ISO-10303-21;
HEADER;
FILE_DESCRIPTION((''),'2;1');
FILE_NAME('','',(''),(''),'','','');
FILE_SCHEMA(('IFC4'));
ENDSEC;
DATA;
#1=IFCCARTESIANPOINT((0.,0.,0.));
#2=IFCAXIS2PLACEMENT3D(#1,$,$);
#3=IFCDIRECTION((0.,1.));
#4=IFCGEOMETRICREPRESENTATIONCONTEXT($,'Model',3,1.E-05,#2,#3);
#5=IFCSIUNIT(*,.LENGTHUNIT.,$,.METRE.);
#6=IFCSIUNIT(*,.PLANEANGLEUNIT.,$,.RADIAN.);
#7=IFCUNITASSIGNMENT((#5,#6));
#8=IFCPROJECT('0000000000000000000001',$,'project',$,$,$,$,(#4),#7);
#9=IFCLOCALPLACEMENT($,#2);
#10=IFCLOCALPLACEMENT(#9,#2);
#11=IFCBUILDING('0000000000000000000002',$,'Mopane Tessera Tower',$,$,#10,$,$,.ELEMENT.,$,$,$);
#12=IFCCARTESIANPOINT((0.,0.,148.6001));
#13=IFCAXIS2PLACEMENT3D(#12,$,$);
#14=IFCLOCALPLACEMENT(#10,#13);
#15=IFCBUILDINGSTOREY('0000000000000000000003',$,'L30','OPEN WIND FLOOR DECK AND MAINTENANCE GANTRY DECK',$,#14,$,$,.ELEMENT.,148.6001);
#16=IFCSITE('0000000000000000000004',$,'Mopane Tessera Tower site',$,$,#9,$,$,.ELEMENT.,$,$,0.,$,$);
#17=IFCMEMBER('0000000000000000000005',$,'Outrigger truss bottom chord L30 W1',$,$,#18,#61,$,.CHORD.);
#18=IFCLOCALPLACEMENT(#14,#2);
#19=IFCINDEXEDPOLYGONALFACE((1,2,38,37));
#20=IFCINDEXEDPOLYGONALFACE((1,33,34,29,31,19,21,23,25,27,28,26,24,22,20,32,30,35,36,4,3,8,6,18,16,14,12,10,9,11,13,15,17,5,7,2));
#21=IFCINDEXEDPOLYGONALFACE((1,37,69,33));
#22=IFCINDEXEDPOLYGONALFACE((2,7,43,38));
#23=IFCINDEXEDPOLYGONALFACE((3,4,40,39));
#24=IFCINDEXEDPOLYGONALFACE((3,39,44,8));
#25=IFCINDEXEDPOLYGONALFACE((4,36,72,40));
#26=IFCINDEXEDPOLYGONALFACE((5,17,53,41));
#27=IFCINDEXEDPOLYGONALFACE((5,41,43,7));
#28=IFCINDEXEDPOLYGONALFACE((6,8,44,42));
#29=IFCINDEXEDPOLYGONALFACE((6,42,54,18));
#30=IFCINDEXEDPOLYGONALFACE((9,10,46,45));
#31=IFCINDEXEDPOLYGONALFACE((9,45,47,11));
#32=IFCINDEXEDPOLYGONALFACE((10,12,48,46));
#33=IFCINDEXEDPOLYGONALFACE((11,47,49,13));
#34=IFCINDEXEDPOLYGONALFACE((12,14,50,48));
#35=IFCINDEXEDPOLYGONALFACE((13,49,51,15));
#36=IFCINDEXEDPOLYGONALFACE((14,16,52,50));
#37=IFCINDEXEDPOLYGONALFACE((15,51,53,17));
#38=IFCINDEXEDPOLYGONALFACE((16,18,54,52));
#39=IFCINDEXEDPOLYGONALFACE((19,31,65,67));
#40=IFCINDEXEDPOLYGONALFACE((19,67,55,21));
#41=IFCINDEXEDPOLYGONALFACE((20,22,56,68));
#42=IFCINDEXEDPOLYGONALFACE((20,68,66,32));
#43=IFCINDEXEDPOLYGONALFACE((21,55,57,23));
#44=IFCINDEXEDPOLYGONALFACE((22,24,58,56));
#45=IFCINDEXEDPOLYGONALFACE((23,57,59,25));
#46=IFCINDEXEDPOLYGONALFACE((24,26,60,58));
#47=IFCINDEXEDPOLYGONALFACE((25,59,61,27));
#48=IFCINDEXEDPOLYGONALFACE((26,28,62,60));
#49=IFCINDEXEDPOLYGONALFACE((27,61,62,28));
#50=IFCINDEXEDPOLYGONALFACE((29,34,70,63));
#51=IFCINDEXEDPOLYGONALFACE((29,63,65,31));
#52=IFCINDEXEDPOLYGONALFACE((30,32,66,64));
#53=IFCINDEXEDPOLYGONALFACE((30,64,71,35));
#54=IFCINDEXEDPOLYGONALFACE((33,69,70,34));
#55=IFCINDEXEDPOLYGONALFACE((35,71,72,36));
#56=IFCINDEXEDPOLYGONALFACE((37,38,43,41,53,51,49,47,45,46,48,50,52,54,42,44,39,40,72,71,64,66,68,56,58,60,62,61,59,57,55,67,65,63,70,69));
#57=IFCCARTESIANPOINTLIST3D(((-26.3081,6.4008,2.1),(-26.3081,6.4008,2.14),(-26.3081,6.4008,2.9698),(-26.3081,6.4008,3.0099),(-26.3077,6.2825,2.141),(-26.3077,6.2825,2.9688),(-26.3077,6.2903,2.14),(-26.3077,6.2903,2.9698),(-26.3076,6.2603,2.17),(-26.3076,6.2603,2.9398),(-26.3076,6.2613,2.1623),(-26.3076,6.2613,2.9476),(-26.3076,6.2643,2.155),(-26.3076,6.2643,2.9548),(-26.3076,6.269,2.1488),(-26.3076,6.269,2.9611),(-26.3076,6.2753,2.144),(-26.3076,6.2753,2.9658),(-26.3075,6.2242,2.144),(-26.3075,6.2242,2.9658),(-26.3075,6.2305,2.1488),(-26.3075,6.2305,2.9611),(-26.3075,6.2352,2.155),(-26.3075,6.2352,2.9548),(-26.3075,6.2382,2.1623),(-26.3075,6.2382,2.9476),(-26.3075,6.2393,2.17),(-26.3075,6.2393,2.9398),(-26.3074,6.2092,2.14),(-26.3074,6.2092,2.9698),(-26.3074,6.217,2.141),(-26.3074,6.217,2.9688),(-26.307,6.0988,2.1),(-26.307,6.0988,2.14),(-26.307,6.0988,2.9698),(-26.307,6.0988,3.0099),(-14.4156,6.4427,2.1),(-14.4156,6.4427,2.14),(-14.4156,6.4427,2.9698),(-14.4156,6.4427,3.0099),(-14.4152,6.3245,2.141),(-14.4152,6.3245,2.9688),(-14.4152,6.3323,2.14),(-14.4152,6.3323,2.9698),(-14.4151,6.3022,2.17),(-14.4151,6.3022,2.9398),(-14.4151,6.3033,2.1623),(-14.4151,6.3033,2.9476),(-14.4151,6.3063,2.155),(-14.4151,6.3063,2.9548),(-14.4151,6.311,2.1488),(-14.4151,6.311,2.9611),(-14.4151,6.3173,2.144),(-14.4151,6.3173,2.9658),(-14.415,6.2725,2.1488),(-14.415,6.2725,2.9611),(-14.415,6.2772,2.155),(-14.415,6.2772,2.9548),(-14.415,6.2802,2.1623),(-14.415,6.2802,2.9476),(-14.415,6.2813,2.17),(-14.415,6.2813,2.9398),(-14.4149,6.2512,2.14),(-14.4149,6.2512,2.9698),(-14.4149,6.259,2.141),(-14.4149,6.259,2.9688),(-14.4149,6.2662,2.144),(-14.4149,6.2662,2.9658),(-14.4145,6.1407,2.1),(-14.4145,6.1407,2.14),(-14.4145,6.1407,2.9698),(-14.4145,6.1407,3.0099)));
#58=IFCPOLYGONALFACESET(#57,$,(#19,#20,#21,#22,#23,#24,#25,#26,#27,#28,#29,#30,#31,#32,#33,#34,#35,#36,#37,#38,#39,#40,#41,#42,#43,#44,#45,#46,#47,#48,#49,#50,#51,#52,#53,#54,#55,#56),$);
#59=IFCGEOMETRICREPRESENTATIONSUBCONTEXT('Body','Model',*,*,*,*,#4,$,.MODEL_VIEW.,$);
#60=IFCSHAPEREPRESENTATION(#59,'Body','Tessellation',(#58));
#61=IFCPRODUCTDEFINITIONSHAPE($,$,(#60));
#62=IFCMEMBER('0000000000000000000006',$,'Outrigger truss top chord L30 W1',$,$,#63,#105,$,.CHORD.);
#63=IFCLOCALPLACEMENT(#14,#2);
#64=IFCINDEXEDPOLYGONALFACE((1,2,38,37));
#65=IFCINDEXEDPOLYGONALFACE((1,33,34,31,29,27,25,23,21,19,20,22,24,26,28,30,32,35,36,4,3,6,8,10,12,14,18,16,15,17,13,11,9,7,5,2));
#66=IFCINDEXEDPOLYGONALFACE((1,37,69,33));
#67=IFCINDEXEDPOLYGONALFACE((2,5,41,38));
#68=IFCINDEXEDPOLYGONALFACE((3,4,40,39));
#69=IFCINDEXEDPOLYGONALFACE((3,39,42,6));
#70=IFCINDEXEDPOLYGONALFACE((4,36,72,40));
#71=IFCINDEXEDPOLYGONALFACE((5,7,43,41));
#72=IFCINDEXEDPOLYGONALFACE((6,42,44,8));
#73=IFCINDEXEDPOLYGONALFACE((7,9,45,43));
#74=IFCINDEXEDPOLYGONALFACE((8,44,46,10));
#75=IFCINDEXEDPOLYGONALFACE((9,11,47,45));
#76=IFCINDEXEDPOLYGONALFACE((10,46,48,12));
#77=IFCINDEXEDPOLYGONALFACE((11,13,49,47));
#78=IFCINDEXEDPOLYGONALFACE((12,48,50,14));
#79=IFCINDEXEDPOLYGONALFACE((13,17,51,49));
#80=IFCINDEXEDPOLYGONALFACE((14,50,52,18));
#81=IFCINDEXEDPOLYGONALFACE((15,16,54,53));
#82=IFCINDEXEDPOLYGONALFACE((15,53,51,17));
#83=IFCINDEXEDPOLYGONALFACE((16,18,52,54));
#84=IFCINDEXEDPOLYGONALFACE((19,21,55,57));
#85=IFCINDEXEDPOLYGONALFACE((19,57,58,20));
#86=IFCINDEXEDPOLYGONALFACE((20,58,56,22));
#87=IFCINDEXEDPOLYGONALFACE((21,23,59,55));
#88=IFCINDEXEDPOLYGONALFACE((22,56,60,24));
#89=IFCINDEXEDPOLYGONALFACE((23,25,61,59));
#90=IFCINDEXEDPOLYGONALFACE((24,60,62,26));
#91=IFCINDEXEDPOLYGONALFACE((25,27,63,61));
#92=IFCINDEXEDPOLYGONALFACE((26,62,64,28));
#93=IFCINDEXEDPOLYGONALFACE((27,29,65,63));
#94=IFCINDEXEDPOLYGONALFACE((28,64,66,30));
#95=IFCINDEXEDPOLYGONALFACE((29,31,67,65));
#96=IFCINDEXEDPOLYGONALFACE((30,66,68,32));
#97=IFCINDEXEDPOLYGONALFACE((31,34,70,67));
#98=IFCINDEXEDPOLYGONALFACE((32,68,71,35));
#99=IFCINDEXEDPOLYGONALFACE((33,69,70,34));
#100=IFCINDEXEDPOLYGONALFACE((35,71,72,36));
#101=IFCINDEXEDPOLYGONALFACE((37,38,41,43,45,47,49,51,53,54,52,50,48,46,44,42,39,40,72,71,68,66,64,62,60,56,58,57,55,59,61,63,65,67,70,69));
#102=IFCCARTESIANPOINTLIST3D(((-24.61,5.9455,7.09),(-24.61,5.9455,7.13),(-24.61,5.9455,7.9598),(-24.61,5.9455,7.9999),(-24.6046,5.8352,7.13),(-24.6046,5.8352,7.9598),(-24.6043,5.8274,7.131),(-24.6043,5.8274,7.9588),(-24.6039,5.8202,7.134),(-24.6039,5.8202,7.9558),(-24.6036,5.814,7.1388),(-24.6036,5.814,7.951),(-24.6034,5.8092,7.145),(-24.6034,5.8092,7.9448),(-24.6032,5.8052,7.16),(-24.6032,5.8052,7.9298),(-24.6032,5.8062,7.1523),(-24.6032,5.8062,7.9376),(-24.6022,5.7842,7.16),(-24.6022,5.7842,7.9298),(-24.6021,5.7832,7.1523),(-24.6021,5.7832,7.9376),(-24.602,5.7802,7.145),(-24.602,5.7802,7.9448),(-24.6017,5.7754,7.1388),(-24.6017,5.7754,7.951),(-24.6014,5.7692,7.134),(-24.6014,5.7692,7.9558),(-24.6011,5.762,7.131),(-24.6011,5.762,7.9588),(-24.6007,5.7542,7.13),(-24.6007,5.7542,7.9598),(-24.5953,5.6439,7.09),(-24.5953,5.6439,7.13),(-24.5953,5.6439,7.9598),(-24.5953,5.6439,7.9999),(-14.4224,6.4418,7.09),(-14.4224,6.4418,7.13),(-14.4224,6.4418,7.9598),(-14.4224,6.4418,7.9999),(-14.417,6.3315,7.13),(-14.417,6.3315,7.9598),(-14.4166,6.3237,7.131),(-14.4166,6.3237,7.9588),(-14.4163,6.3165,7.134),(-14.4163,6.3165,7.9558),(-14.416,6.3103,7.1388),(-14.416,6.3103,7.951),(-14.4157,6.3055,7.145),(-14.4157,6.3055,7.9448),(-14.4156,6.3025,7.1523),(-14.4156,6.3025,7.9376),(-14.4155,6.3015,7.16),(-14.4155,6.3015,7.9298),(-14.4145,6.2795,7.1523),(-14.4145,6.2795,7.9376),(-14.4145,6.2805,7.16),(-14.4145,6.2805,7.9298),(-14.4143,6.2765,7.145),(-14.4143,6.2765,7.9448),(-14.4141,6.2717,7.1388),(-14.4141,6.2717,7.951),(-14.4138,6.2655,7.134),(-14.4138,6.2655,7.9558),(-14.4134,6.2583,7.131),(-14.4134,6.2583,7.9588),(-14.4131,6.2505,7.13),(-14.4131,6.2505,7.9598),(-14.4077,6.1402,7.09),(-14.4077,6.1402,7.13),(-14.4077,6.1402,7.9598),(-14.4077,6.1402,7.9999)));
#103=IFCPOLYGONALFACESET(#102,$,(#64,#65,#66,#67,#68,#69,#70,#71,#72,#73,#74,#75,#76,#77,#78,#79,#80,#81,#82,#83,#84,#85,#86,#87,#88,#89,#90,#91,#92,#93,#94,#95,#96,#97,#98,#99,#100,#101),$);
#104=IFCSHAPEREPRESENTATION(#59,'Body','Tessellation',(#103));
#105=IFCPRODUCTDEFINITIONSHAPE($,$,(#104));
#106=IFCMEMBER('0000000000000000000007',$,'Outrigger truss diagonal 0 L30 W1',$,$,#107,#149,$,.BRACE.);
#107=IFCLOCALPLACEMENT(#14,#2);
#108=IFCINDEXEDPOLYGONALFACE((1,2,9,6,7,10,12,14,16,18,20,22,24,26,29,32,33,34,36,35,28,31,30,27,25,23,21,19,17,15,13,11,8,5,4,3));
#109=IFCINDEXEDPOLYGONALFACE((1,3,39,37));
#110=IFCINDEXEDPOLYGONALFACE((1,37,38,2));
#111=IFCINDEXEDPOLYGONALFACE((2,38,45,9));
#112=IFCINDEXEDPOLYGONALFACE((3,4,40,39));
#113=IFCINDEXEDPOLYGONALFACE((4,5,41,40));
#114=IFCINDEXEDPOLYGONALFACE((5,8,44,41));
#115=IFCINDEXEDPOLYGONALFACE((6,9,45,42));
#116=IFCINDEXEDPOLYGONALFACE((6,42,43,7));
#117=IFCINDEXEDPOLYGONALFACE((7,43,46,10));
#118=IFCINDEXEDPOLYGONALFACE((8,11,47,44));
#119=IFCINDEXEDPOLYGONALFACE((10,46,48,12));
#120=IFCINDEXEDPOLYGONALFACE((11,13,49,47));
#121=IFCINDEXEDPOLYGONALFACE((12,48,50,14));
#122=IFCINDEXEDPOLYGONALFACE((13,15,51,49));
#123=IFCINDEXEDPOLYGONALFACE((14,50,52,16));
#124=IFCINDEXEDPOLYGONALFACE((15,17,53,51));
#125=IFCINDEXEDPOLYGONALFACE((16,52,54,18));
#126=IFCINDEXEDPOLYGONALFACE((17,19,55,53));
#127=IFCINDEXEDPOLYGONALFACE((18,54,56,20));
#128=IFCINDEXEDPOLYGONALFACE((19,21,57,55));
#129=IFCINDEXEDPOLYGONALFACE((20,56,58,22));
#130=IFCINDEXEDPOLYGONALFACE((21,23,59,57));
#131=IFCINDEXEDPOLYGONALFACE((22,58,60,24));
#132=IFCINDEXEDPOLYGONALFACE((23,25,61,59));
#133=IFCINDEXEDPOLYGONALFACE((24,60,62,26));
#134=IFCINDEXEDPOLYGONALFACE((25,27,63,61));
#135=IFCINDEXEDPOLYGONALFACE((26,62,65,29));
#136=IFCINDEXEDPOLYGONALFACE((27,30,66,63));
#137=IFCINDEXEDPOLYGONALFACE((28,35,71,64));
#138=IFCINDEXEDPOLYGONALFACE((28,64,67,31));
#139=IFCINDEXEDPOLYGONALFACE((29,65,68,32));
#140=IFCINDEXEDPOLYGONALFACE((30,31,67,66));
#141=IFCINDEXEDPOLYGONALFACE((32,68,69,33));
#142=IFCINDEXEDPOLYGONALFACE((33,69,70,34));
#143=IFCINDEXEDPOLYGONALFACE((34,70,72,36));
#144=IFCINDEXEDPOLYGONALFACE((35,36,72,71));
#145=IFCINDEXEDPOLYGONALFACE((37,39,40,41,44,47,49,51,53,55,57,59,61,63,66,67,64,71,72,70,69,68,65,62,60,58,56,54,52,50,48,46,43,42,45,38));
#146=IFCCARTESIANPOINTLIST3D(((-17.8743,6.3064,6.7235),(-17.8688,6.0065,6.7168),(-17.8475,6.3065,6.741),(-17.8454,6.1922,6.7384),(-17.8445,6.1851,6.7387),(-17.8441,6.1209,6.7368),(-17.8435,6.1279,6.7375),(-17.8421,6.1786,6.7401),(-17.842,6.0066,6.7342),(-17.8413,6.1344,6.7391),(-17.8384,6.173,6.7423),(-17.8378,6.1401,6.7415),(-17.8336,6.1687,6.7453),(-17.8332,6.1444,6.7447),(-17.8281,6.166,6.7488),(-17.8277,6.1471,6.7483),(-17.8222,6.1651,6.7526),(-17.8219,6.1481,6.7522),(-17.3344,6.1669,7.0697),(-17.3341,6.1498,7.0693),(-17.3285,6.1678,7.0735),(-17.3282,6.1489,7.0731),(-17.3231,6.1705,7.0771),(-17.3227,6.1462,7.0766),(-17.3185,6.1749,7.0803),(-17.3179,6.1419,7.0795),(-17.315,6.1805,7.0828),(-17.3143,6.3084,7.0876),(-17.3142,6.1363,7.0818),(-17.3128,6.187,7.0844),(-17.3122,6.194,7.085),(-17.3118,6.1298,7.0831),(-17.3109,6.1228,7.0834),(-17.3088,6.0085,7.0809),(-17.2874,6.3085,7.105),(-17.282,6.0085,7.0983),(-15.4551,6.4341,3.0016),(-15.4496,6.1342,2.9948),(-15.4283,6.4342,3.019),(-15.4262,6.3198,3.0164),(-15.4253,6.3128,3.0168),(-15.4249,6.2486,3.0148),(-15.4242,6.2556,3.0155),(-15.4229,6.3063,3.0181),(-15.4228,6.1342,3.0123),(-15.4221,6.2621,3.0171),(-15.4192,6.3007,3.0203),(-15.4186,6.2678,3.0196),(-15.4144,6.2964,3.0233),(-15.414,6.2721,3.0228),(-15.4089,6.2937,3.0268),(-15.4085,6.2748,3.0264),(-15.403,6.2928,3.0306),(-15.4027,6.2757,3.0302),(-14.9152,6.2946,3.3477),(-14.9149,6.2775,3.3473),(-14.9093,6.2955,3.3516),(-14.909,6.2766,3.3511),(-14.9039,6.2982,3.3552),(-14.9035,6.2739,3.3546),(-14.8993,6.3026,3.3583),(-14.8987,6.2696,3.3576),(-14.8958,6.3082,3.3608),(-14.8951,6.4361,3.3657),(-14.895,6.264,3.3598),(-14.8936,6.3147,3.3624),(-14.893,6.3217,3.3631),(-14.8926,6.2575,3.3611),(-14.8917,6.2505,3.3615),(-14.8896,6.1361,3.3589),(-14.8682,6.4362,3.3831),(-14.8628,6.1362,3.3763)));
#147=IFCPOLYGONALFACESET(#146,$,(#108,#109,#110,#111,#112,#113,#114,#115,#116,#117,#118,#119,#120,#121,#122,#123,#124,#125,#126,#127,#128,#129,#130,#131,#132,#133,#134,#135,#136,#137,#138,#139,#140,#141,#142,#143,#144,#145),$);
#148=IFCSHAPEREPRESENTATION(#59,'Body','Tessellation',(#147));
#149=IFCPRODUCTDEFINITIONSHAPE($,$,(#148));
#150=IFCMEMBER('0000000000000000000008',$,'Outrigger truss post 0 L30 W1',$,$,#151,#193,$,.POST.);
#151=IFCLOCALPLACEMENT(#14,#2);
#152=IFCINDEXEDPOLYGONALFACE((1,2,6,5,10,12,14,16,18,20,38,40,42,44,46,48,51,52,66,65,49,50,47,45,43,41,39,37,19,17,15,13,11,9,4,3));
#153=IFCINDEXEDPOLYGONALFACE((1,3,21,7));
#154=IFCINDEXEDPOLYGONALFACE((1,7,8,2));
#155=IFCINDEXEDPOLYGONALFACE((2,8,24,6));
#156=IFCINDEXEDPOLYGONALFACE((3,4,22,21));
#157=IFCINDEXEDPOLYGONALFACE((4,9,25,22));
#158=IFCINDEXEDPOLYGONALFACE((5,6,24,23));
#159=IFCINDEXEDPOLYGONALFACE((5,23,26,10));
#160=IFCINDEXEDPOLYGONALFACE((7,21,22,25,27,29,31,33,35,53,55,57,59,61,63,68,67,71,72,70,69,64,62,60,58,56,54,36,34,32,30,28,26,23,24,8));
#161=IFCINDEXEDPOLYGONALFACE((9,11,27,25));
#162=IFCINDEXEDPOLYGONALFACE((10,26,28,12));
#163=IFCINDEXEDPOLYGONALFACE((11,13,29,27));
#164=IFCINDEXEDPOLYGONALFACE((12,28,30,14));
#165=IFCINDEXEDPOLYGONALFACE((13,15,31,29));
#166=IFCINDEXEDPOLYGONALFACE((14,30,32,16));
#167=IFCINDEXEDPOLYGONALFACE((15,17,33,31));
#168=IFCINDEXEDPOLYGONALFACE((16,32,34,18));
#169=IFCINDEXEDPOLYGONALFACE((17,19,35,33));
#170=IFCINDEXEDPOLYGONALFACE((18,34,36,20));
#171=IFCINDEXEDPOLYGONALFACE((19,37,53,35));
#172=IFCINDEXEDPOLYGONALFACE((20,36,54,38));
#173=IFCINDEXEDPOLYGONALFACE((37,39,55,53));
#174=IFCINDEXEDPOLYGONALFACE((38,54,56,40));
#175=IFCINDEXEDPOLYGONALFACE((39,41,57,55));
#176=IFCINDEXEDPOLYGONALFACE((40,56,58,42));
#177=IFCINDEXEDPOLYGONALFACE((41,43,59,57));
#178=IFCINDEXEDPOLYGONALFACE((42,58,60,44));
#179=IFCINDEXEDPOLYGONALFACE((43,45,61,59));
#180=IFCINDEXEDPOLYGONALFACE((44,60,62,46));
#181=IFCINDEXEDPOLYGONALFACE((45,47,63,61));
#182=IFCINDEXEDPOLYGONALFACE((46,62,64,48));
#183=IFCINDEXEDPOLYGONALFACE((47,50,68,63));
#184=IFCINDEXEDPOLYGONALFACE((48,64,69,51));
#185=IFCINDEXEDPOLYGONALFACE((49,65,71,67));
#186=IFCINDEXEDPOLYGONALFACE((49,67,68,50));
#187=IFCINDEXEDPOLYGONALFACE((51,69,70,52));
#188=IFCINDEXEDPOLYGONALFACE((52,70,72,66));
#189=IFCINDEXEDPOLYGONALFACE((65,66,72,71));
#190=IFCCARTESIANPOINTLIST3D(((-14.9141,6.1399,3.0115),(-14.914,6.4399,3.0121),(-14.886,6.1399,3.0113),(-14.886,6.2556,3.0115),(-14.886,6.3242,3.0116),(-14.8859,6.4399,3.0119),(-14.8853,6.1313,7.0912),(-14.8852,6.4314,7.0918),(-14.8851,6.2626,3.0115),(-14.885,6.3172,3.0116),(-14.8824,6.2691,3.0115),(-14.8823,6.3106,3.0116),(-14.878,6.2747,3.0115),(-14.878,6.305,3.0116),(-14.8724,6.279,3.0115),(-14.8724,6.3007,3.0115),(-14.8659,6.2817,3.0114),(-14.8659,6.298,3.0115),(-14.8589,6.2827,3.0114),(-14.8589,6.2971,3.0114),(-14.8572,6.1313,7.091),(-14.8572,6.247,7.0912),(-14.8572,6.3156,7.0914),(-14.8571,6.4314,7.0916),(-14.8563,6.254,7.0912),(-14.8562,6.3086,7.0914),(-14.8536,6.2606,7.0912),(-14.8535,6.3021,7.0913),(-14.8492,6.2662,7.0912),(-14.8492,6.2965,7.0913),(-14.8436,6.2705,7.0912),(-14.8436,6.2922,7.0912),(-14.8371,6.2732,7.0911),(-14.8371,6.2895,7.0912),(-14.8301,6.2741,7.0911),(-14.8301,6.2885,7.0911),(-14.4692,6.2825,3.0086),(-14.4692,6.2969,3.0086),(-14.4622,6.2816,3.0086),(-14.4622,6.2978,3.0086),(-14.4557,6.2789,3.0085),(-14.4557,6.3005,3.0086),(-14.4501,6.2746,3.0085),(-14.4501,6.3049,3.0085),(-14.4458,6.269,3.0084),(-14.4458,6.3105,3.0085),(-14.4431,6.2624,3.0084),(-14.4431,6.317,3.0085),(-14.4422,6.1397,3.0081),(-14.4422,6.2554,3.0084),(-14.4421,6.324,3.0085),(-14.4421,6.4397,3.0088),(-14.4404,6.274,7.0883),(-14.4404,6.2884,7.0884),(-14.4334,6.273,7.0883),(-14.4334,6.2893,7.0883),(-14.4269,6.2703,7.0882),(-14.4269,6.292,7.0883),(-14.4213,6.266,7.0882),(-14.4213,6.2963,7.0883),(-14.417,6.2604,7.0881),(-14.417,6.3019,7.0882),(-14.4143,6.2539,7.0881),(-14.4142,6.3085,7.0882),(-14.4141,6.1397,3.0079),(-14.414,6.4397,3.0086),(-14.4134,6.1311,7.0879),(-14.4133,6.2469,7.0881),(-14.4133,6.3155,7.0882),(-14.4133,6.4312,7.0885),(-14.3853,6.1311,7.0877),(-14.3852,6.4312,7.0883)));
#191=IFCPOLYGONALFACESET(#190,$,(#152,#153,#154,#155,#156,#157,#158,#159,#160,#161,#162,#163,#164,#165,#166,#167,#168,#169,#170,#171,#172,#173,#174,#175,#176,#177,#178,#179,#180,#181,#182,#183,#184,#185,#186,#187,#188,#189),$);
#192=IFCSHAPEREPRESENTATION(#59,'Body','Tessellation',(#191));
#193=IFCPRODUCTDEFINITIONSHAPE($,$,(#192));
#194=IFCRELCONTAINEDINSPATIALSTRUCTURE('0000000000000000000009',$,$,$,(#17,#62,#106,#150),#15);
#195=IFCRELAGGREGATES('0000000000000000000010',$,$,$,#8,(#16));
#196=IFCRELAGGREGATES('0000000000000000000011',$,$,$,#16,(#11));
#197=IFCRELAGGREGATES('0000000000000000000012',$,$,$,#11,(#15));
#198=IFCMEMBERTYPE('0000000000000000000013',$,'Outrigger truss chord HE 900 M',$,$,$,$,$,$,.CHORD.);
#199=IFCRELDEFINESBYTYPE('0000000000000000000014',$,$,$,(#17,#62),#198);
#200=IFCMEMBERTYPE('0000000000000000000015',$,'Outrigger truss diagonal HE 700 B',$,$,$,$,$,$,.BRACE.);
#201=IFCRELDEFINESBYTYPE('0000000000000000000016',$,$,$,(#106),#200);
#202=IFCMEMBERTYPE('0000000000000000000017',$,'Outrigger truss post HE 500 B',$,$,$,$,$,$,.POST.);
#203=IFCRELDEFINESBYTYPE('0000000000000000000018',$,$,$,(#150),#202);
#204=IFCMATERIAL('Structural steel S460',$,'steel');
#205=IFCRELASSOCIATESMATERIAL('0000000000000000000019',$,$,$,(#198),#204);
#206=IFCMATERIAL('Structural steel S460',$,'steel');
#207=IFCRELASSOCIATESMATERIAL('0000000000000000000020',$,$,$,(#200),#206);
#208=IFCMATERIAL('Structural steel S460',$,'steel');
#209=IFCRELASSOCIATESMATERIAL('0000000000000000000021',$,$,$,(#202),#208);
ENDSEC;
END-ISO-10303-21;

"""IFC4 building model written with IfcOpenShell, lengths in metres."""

from ifc_helpers import new_model, si_unit, direction, frame, origin, origin_2d, place, context, subcontext, project, spatial, i_section, extrude, material, material_profile, profile_set, type_object, element, save


model = new_model("IFC4")

# Units and contexts
model_context = context("Model", 3, precision=1e-05, world=origin(), true_north=direction((0.0, 1.0)))
body_context = subcontext(model_context, "Body", "Model", "MODEL_VIEW")
ifc_project = project(units=[si_unit("LENGTHUNIT", "METRE"), si_unit("PLANEANGLEUNIT", "RADIAN")], contexts=[model_context])

# Site, building, storey
site_placement = place(None, origin())
site = spatial("IfcSite", under=ifc_project, at=site_placement, Name="Mopane Tessera Tower site", CompositionType="ELEMENT", RefElevation=0.0)
building_placement = place(site_placement, origin())
building = spatial("IfcBuilding", under=site, at=building_placement, Name="Mopane Tessera Tower", CompositionType="ELEMENT")
storey_placement = place(building_placement, frame((0.0, 0.0, 148.6001)))
storey = spatial("IfcBuildingStorey", under=building, at=storey_placement, Name="L30", Description="OPEN WIND FLOOR DECK AND MAINTENANCE GANTRY DECK", CompositionType="ELEMENT", Elevation=148.6001)

# Members
ifc_material_1 = material(Name="Structural steel S460", Category="steel")
ifc_material_profile_1 = material_profile(ifc_material_1, i_section(OverallWidth=0.302, OverallDepth=0.9099, WebThickness=0.021, FlangeThickness=0.04, FilletRadius=0.03, at=origin_2d()))
ifc_profile_set_1 = profile_set([ifc_material_profile_1], Name="Structural steel S460")
member_type_1 = type_object("IfcMemberType", Name="Outrigger truss chord HE 900 M", PredefinedType="CHORD", material=ifc_profile_set_1)
member_1_placement = place(storey_placement, frame((-14.415, 6.2917, 2.5549), z_axis=(-0.999994, -0.003531, 0.0), x_axis=(0.003531, -0.999994, 0.0)))
element("IfcMember", 1, at=member_1_placement, inside=storey, type_object=member_type_1, Name="Outrigger truss bottom chord L30 W1", PredefinedType="CHORD", context=body_context, shape_type="SweptSolid", body=[
    extrude(i_section(OverallWidth=0.302, OverallDepth=0.9099, WebThickness=0.021, FlangeThickness=0.04, FilletRadius=0.03, at=origin_2d()), origin(), (0.0, 0.0, 1.0), 11.8926),
])
member_2_placement = place(storey_placement, frame((-14.415, 6.291, 7.5449), z_axis=(-0.998815, -0.048661, 0.0), x_axis=(0.048661, -0.998815, 0.0)))
element("IfcMember", 2, at=member_2_placement, inside=storey, type_object=member_type_1, Name="Outrigger truss top chord L30 W1", PredefinedType="CHORD", context=body_context, shape_type="SweptSolid", body=[
    extrude(i_section(OverallWidth=0.302, OverallDepth=0.9099, WebThickness=0.021, FlangeThickness=0.04, FilletRadius=0.03, at=origin_2d()), origin(), (0.0, 0.0, 1.0), 10.1997),
])
ifc_material_2 = material(Name="Structural steel S460", Category="steel")
ifc_material_profile_2 = material_profile(ifc_material_2, i_section(OverallWidth=0.3, OverallDepth=0.7, WebThickness=0.0171, FlangeThickness=0.032, FilletRadius=0.0271, at=origin_2d()))
ifc_profile_set_2 = profile_set([ifc_material_profile_2], Name="Structural steel S460")
member_type_2 = type_object("IfcMemberType", Name="Outrigger truss diagonal HE 700 B", PredefinedType="BRACE", material=ifc_profile_set_2)
member_3_placement = place(storey_placement, frame((-15.1589, 6.2852, 3.189), z_axis=(-0.544753, -0.028752, 0.838103), x_axis=(0.018166, -0.999582, -0.022484)))
element("IfcMember", 3, at=member_3_placement, inside=storey, type_object=member_type_2, Name="Outrigger truss diagonal 0 L30 W1", PredefinedType="BRACE", context=body_context, shape_type="SweptSolid", body=[
    extrude(i_section(OverallWidth=0.3, OverallDepth=0.7, WebThickness=0.0171, FlangeThickness=0.032, FilletRadius=0.0271, at=origin_2d()), origin(), (0.0, 0.0, 1.0), 4.4409),
])
ifc_material_3 = material(Name="Structural steel S460", Category="steel")
ifc_material_profile_3 = material_profile(ifc_material_3, i_section(OverallWidth=0.3, OverallDepth=0.5, WebThickness=0.0144, FlangeThickness=0.0281, FilletRadius=0.0271, at=origin_2d()))
ifc_profile_set_3 = profile_set([ifc_material_profile_3], Name="Structural steel S460")
member_type_3 = type_object("IfcMemberType", Name="Outrigger truss post HE 500 B", PredefinedType="POST", material=ifc_profile_set_3)
member_4_placement = place(storey_placement, frame((-14.6641, 6.2898, 3.01), z_axis=(0.007061, -0.002094, 0.999973), x_axis=(-0.000396, -0.999998, -0.002092)))
element("IfcMember", 4, at=member_4_placement, inside=storey, type_object=member_type_3, Name="Outrigger truss post 0 L30 W1", PredefinedType="POST", context=body_context, shape_type="SweptSolid", body=[
    extrude(i_section(OverallWidth=0.3, OverallDepth=0.5, WebThickness=0.0144, FlangeThickness=0.0281, FilletRadius=0.0271, at=origin_2d()), origin(), (0.0, 0.0, 1.0), 4.0798),
])

save(model, "model.ifc")
